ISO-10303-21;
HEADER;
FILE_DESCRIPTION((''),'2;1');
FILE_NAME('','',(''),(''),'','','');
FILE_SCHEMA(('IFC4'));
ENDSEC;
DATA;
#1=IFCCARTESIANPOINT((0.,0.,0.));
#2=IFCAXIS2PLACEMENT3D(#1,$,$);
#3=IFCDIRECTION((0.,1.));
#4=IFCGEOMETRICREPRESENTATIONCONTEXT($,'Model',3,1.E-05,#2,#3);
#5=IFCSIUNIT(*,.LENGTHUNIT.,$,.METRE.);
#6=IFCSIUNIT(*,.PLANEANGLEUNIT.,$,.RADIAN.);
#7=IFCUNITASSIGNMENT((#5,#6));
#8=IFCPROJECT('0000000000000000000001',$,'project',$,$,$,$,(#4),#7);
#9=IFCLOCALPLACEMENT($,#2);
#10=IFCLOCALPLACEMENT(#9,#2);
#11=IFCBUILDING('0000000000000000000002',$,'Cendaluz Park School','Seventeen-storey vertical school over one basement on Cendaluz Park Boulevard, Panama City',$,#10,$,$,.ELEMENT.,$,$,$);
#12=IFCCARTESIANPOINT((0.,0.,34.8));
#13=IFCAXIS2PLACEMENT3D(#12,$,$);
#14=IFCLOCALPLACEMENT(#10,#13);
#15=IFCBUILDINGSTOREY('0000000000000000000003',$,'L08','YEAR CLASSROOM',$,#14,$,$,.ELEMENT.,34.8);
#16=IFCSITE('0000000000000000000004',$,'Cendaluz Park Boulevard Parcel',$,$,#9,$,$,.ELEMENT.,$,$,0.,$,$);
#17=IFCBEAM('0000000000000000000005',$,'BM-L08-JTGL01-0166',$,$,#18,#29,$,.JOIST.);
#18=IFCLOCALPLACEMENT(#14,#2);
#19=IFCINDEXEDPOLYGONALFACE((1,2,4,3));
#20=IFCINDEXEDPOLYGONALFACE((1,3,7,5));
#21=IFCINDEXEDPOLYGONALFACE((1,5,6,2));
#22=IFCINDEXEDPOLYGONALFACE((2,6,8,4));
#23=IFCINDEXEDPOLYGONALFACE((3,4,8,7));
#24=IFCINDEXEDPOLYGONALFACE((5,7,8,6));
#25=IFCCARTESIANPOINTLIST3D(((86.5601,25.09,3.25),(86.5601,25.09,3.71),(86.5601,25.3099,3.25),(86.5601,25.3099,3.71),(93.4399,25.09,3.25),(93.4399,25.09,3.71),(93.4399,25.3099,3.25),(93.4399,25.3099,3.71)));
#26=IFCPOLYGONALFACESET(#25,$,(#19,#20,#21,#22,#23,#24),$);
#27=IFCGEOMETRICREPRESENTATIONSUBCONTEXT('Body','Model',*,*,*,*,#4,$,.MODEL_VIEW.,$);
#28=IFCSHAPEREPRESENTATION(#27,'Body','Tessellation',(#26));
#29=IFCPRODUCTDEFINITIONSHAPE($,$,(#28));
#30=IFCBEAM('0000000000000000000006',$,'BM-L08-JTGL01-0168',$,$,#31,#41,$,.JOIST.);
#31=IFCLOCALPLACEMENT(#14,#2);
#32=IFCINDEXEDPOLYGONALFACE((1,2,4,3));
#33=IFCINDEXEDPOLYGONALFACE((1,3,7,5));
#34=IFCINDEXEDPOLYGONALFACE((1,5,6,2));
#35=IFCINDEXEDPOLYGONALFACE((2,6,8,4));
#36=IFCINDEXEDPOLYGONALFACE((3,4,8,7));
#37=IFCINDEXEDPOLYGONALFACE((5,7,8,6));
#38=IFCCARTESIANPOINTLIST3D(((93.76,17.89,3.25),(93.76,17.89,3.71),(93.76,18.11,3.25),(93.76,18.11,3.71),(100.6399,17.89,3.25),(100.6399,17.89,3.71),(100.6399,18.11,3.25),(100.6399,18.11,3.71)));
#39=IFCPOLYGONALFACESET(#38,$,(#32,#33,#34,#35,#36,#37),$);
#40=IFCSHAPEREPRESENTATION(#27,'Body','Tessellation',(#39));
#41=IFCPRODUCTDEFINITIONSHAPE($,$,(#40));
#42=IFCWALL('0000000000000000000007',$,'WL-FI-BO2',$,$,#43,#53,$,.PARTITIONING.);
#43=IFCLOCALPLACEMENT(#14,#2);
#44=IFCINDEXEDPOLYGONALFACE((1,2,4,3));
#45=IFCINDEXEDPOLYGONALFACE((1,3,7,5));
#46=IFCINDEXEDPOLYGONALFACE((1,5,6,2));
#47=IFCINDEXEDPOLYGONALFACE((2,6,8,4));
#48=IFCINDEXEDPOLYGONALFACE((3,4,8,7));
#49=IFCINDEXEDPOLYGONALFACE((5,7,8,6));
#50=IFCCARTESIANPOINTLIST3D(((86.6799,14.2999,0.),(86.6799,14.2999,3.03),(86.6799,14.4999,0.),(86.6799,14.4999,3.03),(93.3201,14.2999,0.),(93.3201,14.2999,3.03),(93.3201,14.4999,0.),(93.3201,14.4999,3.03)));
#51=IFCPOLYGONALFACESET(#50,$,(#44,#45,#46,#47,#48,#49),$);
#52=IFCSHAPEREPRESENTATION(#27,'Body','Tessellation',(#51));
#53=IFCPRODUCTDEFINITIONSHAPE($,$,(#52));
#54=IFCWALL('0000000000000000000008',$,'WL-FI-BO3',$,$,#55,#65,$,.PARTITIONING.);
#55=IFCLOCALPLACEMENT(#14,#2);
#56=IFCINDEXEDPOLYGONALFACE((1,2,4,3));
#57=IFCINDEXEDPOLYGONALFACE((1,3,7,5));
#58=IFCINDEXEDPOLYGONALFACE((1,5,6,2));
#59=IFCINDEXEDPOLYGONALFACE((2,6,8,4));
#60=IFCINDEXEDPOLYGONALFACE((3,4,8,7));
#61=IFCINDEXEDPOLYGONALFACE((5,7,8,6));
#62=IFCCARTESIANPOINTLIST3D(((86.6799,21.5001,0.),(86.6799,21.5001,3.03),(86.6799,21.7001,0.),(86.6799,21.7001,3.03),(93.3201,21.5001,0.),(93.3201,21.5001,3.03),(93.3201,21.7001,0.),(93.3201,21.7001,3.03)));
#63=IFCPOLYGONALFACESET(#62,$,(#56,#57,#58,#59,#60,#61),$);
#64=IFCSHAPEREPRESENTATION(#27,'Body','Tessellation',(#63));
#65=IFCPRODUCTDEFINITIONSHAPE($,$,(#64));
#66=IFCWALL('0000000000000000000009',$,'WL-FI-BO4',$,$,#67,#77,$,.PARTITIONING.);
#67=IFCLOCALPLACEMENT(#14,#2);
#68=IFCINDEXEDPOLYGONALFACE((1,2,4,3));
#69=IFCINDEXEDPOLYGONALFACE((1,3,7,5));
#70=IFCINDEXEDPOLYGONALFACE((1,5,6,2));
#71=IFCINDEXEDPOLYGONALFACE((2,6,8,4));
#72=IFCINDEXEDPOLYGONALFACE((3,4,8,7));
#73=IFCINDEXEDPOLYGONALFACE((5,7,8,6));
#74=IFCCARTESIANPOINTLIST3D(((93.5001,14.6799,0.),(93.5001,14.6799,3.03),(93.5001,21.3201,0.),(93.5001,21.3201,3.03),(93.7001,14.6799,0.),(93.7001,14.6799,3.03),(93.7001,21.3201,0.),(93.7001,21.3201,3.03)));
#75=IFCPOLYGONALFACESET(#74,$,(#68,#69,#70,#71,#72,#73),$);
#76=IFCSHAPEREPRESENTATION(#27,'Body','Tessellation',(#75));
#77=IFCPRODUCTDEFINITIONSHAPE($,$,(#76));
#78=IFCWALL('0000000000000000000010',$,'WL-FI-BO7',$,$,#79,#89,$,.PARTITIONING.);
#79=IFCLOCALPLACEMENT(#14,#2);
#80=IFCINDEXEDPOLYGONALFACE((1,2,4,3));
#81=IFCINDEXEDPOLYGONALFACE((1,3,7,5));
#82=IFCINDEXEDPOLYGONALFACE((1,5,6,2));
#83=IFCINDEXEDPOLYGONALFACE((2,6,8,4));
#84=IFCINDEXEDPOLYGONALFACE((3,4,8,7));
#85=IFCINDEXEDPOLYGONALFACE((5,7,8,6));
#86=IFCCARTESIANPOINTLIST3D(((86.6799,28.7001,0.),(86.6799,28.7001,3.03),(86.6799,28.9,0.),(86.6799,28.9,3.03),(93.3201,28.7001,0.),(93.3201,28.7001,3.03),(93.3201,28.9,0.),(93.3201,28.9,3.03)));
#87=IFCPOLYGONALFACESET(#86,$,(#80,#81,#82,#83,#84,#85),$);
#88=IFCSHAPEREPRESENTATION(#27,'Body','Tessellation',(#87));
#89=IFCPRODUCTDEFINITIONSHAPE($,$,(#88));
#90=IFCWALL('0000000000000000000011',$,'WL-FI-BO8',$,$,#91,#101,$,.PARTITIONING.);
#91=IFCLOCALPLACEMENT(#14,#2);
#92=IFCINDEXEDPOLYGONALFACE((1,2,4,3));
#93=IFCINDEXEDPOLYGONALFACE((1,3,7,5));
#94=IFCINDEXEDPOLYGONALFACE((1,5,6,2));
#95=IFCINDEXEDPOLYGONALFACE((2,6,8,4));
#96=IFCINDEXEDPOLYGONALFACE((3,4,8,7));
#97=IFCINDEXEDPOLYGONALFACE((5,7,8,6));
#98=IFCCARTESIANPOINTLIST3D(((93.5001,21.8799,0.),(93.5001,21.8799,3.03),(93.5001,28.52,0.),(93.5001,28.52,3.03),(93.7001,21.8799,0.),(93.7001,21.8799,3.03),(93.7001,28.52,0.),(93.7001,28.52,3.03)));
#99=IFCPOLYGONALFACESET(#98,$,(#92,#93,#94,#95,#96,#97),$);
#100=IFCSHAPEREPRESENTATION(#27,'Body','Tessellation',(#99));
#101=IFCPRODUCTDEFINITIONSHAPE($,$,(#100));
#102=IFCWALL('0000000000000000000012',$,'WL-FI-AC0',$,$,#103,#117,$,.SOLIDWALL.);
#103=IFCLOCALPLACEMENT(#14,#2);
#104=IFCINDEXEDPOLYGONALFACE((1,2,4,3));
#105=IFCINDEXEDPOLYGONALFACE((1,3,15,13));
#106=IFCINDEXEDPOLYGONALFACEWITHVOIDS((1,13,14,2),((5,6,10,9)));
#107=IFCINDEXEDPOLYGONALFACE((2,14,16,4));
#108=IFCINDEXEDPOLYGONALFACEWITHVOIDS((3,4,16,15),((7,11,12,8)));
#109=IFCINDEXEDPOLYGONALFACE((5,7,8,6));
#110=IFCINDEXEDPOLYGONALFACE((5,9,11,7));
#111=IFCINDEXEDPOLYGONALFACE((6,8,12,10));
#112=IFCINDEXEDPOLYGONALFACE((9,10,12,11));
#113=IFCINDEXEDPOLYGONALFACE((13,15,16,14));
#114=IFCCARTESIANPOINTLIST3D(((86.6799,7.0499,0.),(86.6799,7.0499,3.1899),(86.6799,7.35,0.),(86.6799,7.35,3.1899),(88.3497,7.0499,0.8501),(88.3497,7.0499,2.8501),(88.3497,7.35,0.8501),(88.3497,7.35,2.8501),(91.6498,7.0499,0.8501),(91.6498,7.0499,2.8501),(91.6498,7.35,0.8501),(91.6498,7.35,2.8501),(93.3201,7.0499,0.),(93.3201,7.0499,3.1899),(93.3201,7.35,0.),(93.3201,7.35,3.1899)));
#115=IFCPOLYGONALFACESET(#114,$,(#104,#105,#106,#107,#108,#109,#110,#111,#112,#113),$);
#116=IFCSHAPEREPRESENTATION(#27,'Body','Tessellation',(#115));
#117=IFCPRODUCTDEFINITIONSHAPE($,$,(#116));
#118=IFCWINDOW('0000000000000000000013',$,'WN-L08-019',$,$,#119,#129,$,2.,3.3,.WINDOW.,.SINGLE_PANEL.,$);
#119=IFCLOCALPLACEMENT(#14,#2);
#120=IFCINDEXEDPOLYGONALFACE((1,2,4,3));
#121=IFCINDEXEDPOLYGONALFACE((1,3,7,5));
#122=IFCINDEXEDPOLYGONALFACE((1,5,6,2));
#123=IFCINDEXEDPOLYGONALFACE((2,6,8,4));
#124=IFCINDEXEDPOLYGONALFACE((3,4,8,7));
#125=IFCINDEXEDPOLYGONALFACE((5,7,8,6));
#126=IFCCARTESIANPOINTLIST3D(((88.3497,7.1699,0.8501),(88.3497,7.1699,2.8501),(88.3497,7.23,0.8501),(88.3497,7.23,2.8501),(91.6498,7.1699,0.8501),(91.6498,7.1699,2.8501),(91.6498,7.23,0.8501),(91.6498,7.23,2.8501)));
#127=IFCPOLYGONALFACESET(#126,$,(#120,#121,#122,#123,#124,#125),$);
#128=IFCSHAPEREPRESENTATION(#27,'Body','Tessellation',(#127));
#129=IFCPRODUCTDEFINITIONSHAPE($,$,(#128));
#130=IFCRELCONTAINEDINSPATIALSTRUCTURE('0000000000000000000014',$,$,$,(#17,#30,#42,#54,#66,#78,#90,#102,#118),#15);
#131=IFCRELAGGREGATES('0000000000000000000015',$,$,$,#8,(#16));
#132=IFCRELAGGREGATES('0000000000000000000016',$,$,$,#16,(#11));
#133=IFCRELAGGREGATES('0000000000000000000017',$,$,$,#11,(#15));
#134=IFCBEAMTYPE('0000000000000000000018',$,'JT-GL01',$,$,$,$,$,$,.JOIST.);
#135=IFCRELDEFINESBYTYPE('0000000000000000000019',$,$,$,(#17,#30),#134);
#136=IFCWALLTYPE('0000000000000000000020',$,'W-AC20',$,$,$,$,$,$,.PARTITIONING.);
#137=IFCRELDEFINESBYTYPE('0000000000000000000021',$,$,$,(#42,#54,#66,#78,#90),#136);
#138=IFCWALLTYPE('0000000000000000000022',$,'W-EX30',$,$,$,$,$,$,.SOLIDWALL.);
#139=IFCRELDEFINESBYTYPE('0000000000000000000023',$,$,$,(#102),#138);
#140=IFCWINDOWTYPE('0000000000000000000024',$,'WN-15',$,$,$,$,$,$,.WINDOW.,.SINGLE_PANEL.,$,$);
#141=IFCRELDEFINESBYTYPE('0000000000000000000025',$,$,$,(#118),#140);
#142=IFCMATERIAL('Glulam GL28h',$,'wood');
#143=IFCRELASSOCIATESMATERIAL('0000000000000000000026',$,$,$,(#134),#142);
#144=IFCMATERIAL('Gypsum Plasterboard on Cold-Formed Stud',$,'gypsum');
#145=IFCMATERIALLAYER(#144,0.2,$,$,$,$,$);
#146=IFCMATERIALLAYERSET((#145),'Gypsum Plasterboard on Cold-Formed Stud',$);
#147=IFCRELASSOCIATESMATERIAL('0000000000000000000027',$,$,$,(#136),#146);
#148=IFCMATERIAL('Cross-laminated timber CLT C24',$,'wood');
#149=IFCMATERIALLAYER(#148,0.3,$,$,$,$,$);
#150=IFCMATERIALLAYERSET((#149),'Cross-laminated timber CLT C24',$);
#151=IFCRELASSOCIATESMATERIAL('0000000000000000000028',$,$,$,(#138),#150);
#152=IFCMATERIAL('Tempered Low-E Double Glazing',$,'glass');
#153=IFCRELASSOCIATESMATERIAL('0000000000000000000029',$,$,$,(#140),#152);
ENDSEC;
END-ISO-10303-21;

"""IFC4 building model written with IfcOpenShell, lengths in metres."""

from ifc_helpers import new_model, si_unit, direction, frame, frame_2d, origin, origin_2d, place, context, subcontext, project, spatial, rectangle, extrude, material, layer, layer_set, material_profile, profile_set, type_object, element, fill, save


model = new_model("IFC4")

# Units and contexts
model_context = context("Model", 3, precision=1e-05, world=origin(), true_north=direction((0.0, 1.0)))
body_context = subcontext(model_context, "Body", "Model", "MODEL_VIEW")
ifc_project = project(units=[si_unit("LENGTHUNIT", "METRE"), si_unit("PLANEANGLEUNIT", "RADIAN")], contexts=[model_context])

# Site, building, storey
site_placement = place(None, origin())
site = spatial("IfcSite", under=ifc_project, at=site_placement, Name="Cendaluz Park Boulevard Parcel", CompositionType="ELEMENT", RefElevation=0.0)
building_placement = place(site_placement, origin())
building = spatial("IfcBuilding", under=site, at=building_placement, Name="Cendaluz Park School", Description="Seventeen-storey vertical school over one basement on Cendaluz Park Boulevard, Panama City", CompositionType="ELEMENT")
storey_placement = place(building_placement, frame((0.0, 0.0, 34.8)))
storey = spatial("IfcBuildingStorey", under=building, at=storey_placement, Name="L08", Description="YEAR CLASSROOM", CompositionType="ELEMENT", Elevation=34.8)

# Beams
ifc_material_1 = material(Name="Glulam GL28h", Category="wood")
ifc_material_profile_1 = material_profile(ifc_material_1, rectangle(XDim=0.22, YDim=0.46, at=origin_2d()), Name="GL28h 220x460", Category="wood")
ifc_profile_set_1 = profile_set([ifc_material_profile_1], Name="Glulam GL28h")
beam_type_1 = type_object("IfcBeamType", Name="JT-GL01", PredefinedType="JOIST", material=ifc_profile_set_1)
for number, where, z_axis, x_axis, name in (
    (1, (86.5601, 25.2, 3.48), (1.0, 0.0, 0.0), (0.0, 1.0, 0.0), "BM-L08-JTGL01-0166"),
    (2, (93.76, 18.0, 3.48), (1.0, 0.0, 0.0), (0.0, 1.0, 0.0), "BM-L08-JTGL01-0168"),
):
    element("IfcBeam", number, at=place(storey_placement, frame(where, z_axis=z_axis, x_axis=x_axis)), inside=storey, type_object=beam_type_1, Name=name, PredefinedType="JOIST", context=body_context, shape_type="SweptSolid", body=[
        extrude(rectangle(XDim=0.22, YDim=0.46, at=origin_2d()), origin(), (0.0, 0.0, 1.0), 6.8799),
    ])

# Walls
ifc_material_2 = material(Name="Gypsum Plasterboard on Cold-Formed Stud", Category="gypsum")
ifc_layer_1 = layer(ifc_material_2, 0.2)
ifc_layer_set_1 = layer_set([ifc_layer_1], Name="Gypsum Plasterboard on Cold-Formed Stud")
wall_type_1 = type_object("IfcWallType", Name="W-AC20", PredefinedType="PARTITIONING", material=ifc_layer_set_1)
for number, where, z_axis, x_axis, name in (
    (3, (86.6799, 14.3999, 0.0), (0.0, 0.0, 1.0), (1.0, 0.0, 0.0), "WL-FI-BO2"),
    (4, (86.6799, 21.6001, 0.0), (0.0, 0.0, 1.0), (1.0, 0.0, 0.0), "WL-FI-BO3"),
    (5, (93.6001, 14.6799, 0.0), (0.0, 0.0, 1.0), (0.0, 1.0, 0.0), "WL-FI-BO4"),
    (6, (86.6799, 28.8, 0.0), (0.0, 0.0, 1.0), (1.0, 0.0, 0.0), "WL-FI-BO7"),
    (7, (93.6001, 21.8799, 0.0), (0.0, 0.0, 1.0), (0.0, 1.0, 0.0), "WL-FI-BO8"),
):
    element("IfcWall", number, at=place(storey_placement, frame(where, z_axis=z_axis, x_axis=x_axis)), inside=storey, type_object=wall_type_1, Name=name, PredefinedType="PARTITIONING", context=body_context, shape_type="SweptSolid", body=[
        extrude(rectangle(XDim=6.6401, YDim=0.2, at=frame_2d((3.3201, 0.0))), origin(), (0.0, 0.0, 1.0), 3.03),
    ])

# Wall, opening, window
ifc_material_3 = material(Name="Cross-laminated timber CLT C24", Category="wood")
ifc_layer_2 = layer(ifc_material_3, 0.3)
ifc_layer_set_2 = layer_set([ifc_layer_2], Name="Cross-laminated timber CLT C24")
wall_type_2 = type_object("IfcWallType", Name="W-EX30", PredefinedType="SOLIDWALL", material=ifc_layer_set_2)
wall_placement = place(storey_placement, frame((86.6799, 7.2, 0.0), z_axis=(0.0, 0.0, 1.0), x_axis=(1.0, 0.0, 0.0)))
wall = element("IfcWall", 8, at=wall_placement, inside=storey, type_object=wall_type_2, Name="WL-FI-AC0", PredefinedType="SOLIDWALL", context=body_context, shape_type="SweptSolid", body=[
    extrude(rectangle(XDim=6.6401, YDim=0.3, at=frame_2d((3.3201, 0.0))), origin(), (0.0, 0.0, 1.0), 3.1899),
])
opening_placement = place(wall_placement, frame((1.6699, 0.0, 0.8501)))
opening = element("IfcOpeningElement", 9, at=opening_placement, cuts=wall, PredefinedType="OPENING", context=body_context, shape_type="SweptSolid", body=[
    extrude(rectangle(XDim=3.3, YDim=2.0, at=frame_2d((1.6499, 1.0))), frame((0.0, 0.1621, 0.0), z_axis=(0.0, -1.0, 0.0), x_axis=(1.0, 0.0, 0.0)), (0.0, 0.0, 1.0), 0.324),
])
ifc_material_4 = material(Name="Tempered Low-E Double Glazing", Category="glass")
window_type = type_object("IfcWindowType", Name="WN-15", PartitioningType="SINGLE_PANEL", PredefinedType="WINDOW", material=ifc_material_4)
window_placement = place(opening_placement, origin())
window = element("IfcWindow", 10, at=window_placement, inside=storey, type_object=window_type, Name="WN-L08-019", OverallHeight=2.0, OverallWidth=3.3, PartitioningType="SINGLE_PANEL", PredefinedType="WINDOW", context=body_context, shape_type="SweptSolid", body=[
    extrude(rectangle(XDim=3.3, YDim=2.0, at=frame_2d((1.6499, 1.0))), frame((0.0, 0.03, 0.0), z_axis=(0.0, -1.0, 0.0), x_axis=(1.0, 0.0, 0.0)), (0.0, 0.0, 1.0), 0.0601),
])
fill(opening, window)

save(model, "model.ifc")
